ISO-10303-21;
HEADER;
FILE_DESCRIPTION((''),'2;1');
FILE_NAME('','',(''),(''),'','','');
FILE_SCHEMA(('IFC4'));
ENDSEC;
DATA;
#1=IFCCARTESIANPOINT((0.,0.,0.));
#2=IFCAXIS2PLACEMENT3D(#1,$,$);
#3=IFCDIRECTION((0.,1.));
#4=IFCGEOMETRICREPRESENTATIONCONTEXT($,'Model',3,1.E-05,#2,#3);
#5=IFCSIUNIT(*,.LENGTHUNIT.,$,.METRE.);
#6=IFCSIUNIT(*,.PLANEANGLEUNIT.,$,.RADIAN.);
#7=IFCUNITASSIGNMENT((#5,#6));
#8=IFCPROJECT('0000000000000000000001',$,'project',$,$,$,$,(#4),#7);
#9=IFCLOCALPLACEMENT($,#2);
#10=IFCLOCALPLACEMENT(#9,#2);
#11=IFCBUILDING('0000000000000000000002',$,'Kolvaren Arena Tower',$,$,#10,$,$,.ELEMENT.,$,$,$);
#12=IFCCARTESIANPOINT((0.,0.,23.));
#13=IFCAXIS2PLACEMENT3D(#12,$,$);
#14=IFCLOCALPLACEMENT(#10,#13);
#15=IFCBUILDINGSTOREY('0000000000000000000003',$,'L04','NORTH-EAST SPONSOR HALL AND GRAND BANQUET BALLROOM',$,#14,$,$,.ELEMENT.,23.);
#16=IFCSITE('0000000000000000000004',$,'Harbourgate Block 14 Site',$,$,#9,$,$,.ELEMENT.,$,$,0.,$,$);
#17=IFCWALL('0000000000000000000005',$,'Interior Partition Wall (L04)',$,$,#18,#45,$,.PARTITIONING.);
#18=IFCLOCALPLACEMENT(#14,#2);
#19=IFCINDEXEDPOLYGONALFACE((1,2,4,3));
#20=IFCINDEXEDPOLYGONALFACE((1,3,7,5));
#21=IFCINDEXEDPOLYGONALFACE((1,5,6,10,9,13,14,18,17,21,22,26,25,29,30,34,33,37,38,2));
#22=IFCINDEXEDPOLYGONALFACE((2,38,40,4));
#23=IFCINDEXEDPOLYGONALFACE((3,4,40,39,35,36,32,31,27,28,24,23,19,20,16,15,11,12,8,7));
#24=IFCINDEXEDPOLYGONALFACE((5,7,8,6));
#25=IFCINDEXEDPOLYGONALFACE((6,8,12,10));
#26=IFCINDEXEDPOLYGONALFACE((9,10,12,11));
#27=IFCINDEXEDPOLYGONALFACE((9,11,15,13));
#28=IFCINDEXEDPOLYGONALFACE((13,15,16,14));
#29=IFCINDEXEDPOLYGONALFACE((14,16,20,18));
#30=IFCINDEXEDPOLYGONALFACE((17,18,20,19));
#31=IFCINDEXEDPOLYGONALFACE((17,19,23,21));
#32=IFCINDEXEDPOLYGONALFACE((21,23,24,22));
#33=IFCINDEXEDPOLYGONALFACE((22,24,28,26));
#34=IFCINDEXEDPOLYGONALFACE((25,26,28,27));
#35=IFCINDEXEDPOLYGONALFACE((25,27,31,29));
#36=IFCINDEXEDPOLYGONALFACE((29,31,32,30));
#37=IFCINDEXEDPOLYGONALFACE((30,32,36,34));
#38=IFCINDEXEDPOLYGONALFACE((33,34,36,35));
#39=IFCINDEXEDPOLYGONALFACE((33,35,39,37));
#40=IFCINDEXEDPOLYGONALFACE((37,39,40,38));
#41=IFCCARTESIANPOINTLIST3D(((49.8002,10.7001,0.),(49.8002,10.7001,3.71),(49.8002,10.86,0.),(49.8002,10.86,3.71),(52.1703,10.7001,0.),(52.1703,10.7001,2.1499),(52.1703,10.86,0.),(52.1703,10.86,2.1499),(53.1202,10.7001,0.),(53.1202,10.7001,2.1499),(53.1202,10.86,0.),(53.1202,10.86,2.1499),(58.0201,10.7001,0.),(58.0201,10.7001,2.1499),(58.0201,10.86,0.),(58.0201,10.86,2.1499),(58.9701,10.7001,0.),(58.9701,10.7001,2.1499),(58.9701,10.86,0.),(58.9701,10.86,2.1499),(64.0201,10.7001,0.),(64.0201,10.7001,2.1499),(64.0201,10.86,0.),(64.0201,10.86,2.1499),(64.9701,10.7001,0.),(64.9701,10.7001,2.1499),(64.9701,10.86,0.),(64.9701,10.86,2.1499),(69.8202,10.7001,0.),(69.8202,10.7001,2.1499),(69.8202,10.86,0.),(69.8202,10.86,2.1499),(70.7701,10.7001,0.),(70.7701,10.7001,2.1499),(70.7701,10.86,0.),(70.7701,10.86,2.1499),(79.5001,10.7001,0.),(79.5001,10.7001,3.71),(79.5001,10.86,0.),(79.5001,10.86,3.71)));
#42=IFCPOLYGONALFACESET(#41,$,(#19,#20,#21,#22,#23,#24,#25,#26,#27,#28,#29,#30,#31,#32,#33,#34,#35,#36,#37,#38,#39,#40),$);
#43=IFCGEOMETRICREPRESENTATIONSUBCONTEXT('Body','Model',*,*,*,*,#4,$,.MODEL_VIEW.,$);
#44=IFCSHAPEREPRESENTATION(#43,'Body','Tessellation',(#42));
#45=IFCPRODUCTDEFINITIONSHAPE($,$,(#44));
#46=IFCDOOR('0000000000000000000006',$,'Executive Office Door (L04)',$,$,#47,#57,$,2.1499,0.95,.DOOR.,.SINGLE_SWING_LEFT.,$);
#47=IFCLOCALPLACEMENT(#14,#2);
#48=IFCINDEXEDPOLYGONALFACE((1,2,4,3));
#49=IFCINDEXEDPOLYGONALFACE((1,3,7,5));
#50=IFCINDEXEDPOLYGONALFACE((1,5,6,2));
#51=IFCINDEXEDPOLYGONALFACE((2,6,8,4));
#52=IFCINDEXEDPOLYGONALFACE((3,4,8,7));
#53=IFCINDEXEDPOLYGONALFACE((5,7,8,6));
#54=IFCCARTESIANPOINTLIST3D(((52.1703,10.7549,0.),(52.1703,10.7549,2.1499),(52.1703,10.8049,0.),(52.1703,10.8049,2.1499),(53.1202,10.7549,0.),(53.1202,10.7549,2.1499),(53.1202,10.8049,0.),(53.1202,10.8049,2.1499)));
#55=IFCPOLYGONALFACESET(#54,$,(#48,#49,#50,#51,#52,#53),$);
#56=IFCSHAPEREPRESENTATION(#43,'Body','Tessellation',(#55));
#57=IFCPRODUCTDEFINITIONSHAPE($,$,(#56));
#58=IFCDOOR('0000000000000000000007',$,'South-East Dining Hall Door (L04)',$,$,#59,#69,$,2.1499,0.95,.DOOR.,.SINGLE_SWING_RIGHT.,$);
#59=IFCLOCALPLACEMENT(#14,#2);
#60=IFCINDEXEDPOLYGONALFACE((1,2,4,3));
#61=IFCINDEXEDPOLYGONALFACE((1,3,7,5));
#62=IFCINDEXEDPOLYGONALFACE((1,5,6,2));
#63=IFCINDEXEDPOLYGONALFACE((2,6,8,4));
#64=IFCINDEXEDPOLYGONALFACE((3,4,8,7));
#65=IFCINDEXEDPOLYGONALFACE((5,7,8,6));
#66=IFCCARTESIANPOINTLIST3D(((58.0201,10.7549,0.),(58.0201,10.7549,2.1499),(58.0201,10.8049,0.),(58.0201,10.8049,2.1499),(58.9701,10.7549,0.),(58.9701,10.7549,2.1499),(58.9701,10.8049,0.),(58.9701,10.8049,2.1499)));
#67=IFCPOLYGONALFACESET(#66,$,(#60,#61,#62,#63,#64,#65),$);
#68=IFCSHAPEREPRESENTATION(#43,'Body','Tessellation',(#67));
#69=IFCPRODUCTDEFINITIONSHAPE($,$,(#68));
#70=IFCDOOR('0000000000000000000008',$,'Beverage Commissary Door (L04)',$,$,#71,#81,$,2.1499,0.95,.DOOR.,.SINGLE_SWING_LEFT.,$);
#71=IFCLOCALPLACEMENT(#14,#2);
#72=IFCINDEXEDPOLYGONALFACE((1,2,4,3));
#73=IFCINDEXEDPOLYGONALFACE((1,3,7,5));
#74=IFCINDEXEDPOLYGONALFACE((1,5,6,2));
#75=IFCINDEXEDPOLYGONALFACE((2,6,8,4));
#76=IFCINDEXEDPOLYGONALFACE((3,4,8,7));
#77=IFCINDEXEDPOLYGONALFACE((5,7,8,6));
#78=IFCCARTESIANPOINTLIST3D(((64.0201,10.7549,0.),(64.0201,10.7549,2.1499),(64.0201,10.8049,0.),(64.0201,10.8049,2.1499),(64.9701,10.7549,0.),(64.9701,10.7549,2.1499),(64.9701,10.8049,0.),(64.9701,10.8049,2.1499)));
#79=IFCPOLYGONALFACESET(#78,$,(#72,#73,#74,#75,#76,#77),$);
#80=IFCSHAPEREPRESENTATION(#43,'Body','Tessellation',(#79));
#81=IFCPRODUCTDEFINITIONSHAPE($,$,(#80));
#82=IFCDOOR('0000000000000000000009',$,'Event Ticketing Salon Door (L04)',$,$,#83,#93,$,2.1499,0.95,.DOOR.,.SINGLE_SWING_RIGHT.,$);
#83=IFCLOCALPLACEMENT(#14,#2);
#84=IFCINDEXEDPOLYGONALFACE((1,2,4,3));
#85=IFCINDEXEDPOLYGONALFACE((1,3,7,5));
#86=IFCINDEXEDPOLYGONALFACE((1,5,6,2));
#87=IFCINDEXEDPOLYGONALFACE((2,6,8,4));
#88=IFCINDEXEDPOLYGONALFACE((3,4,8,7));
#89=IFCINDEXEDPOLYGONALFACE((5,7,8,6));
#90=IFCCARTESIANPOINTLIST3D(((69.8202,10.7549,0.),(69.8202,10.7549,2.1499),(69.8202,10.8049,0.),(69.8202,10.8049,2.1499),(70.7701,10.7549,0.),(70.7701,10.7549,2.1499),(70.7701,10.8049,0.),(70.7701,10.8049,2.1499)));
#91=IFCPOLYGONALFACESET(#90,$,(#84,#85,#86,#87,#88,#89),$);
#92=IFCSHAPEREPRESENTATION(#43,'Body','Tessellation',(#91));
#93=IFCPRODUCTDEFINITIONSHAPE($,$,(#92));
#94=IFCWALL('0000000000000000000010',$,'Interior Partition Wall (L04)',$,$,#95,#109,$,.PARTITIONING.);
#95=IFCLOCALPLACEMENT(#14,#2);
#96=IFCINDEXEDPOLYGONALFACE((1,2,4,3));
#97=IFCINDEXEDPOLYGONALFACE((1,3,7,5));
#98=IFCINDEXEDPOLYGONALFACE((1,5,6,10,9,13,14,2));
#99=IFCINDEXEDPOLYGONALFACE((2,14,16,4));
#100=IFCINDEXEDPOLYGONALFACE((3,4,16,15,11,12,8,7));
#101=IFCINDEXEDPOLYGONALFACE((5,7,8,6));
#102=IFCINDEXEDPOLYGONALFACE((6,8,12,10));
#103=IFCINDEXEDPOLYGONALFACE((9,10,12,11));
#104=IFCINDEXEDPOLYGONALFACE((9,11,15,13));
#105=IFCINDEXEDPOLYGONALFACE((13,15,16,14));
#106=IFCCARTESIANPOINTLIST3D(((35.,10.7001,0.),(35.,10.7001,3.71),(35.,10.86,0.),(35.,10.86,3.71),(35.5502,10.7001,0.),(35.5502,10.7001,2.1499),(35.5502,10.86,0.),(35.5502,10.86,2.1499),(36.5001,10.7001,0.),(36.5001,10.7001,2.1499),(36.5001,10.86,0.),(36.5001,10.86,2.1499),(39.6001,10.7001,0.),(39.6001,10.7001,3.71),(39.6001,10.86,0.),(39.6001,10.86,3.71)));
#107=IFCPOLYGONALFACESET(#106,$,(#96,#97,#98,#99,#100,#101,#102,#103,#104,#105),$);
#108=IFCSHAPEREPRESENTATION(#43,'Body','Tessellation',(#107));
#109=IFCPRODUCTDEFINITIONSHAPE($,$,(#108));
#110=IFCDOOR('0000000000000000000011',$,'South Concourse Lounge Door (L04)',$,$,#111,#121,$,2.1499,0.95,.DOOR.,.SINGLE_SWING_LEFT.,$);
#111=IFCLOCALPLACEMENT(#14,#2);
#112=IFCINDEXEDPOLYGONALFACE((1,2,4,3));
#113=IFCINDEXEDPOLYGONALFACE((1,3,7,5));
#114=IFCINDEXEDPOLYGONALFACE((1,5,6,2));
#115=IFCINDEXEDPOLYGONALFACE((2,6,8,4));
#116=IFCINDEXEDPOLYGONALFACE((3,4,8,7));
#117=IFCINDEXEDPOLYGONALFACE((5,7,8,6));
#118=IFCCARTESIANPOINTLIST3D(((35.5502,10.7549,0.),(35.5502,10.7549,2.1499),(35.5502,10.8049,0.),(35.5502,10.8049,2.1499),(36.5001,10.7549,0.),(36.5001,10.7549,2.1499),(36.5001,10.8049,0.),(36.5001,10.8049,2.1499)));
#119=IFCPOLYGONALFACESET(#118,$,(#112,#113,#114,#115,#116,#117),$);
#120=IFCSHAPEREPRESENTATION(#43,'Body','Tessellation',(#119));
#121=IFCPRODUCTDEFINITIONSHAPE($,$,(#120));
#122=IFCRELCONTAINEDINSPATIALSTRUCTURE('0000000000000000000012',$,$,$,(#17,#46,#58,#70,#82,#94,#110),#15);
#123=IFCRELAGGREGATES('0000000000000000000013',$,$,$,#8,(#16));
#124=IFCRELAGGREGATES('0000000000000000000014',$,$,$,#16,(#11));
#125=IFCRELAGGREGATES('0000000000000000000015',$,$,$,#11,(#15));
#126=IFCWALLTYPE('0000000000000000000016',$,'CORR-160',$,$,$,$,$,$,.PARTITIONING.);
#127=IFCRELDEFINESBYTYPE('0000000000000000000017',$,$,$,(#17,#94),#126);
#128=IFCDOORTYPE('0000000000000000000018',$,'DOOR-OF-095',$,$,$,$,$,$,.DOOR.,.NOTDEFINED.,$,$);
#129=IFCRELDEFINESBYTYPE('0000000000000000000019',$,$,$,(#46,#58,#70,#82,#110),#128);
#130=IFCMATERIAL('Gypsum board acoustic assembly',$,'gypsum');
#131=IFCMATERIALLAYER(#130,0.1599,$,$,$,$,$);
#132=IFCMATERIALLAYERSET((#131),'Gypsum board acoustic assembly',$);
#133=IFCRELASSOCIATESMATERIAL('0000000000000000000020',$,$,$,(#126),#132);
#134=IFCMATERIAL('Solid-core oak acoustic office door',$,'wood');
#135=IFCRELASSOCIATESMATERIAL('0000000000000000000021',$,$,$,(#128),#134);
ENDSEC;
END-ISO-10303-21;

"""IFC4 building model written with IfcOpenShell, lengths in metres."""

from ifc_helpers import new_model, si_unit, direction, frame, frame_2d, origin, place, context, subcontext, project, spatial, rectangle, extrude, material, layer, layer_set, type_object, element, fill, save


model = new_model("IFC4")

# Units and contexts
model_context = context("Model", 3, precision=1e-05, world=origin(), true_north=direction((0.0, 1.0)))
body_context = subcontext(model_context, "Body", "Model", "MODEL_VIEW")
ifc_project = project(units=[si_unit("LENGTHUNIT", "METRE"), si_unit("PLANEANGLEUNIT", "RADIAN")], contexts=[model_context])

# Site, building, storey
site_placement = place(None, origin())
site = spatial("IfcSite", under=ifc_project, at=site_placement, Name="Harbourgate Block 14 Site", CompositionType="ELEMENT", RefElevation=0.0)
building_placement = place(site_placement, origin())
building = spatial("IfcBuilding", under=site, at=building_placement, Name="Kolvaren Arena Tower", CompositionType="ELEMENT")
storey_placement = place(building_placement, frame((0.0, 0.0, 23.0)))
storey = spatial("IfcBuildingStorey", under=building, at=storey_placement, Name="L04", Description="NORTH-EAST SPONSOR HALL AND GRAND BANQUET BALLROOM", CompositionType="ELEMENT", Elevation=23.0)

# Wall, openings, doors
ifc_material_1 = material(Name="Gypsum board acoustic assembly", Category="gypsum")
ifc_layer_1 = layer(ifc_material_1, 0.1599)
ifc_layer_set_1 = layer_set([ifc_layer_1], Name="Gypsum board acoustic assembly")
wall_type_1 = type_object("IfcWallType", Name="CORR-160", PredefinedType="PARTITIONING", material=ifc_layer_set_1)
wall_1_placement = place(storey_placement, frame((49.8, 10.78, 0.0), z_axis=(0.0, 0.0, 1.0), x_axis=(1.0, 0.0, 0.0)))
wall_1 = element("IfcWall", 1, at=wall_1_placement, inside=storey, type_object=wall_type_1, Name="Interior Partition Wall (L04)", PredefinedType="PARTITIONING", context=body_context, shape_type="SweptSolid", body=[
    extrude(rectangle(XDim=29.7, YDim=0.1599, at=frame_2d((14.8501, 0.0))), origin(), (0.0, 0.0, 1.0), 3.71),
])
opening_1_placement = place(wall_1_placement, frame((2.3701, 0.0, 0.0)))
opening_1 = element("IfcOpeningElement", 2, at=opening_1_placement, cuts=wall_1, PredefinedType="OPENING", context=body_context, shape_type="SweptSolid", body=[
    extrude(rectangle(XDim=0.95, YDim=2.1499, at=frame_2d((0.4751, 1.075))), frame((0.0, 0.0898, 0.0), z_axis=(0.0, -1.0, 0.0), x_axis=(1.0, 0.0, 0.0)), (0.0, 0.0, 1.0), 0.1799),
])
opening_2_placement = place(wall_1_placement, frame((8.22, 0.0, 0.0)))
opening_2 = element("IfcOpeningElement", 3, at=opening_2_placement, cuts=wall_1, PredefinedType="OPENING", context=body_context, shape_type="SweptSolid", body=[
    extrude(rectangle(XDim=0.95, YDim=2.1499, at=frame_2d((0.4751, 1.075))), frame((0.0, 0.0898, 0.0), z_axis=(0.0, -1.0, 0.0), x_axis=(1.0, 0.0, 0.0)), (0.0, 0.0, 1.0), 0.1799),
])
opening_3_placement = place(wall_1_placement, frame((14.22, 0.0, 0.0)))
opening_3 = element("IfcOpeningElement", 4, at=opening_3_placement, cuts=wall_1, PredefinedType="OPENING", context=body_context, shape_type="SweptSolid", body=[
    extrude(rectangle(XDim=0.95, YDim=2.1499, at=frame_2d((0.4751, 1.075))), frame((0.0, 0.0898, 0.0), z_axis=(0.0, -1.0, 0.0), x_axis=(1.0, 0.0, 0.0)), (0.0, 0.0, 1.0), 0.1799),
])
opening_4_placement = place(wall_1_placement, frame((20.02, 0.0, 0.0)))
opening_4 = element("IfcOpeningElement", 5, at=opening_4_placement, cuts=wall_1, PredefinedType="OPENING", context=body_context, shape_type="SweptSolid", body=[
    extrude(rectangle(XDim=0.95, YDim=2.1499, at=frame_2d((0.4751, 1.075))), frame((0.0, 0.0898, 0.0), z_axis=(0.0, -1.0, 0.0), x_axis=(1.0, 0.0, 0.0)), (0.0, 0.0, 1.0), 0.1799),
])
ifc_material_2 = material(Name="Solid-core oak acoustic office door", Category="wood")
door_type_1 = type_object("IfcDoorType", Name="DOOR-OF-095", OperationType="NOTDEFINED", PredefinedType="DOOR", material=ifc_material_2)
door_1_placement = place(opening_1_placement, origin())
door_1 = element("IfcDoor", 6, at=door_1_placement, inside=storey, type_object=door_type_1, Name="Executive Office Door (L04)", OperationType="SINGLE_SWING_LEFT", OverallHeight=2.1499, OverallWidth=0.95, PredefinedType="DOOR", context=body_context, shape_type="SweptSolid", body=[
    extrude(rectangle(XDim=0.95, YDim=2.1499, at=frame_2d((0.4751, 1.075))), frame((0.0, 0.0249, 0.0), z_axis=(0.0, -1.0, 0.0), x_axis=(1.0, 0.0, 0.0)), (0.0, 0.0, 1.0), 0.05),
])
fill(opening_1, door_1)
door_2_placement = place(opening_2_placement, origin())
door_2 = element("IfcDoor", 7, at=door_2_placement, inside=storey, type_object=door_type_1, Name="South-East Dining Hall Door (L04)", OperationType="SINGLE_SWING_RIGHT", OverallHeight=2.1499, OverallWidth=0.95, PredefinedType="DOOR", context=body_context, shape_type="SweptSolid", body=[
    extrude(rectangle(XDim=0.95, YDim=2.1499, at=frame_2d((0.4751, 1.075))), frame((0.0, 0.0249, 0.0), z_axis=(0.0, -1.0, 0.0), x_axis=(1.0, 0.0, 0.0)), (0.0, 0.0, 1.0), 0.05),
])
fill(opening_2, door_2)
door_3_placement = place(opening_3_placement, origin())
door_3 = element("IfcDoor", 8, at=door_3_placement, inside=storey, type_object=door_type_1, Name="Beverage Commissary Door (L04)", OperationType="SINGLE_SWING_LEFT", OverallHeight=2.1499, OverallWidth=0.95, PredefinedType="DOOR", context=body_context, shape_type="SweptSolid", body=[
    extrude(rectangle(XDim=0.95, YDim=2.1499, at=frame_2d((0.4751, 1.075))), frame((0.0, 0.0249, 0.0), z_axis=(0.0, -1.0, 0.0), x_axis=(1.0, 0.0, 0.0)), (0.0, 0.0, 1.0), 0.05),
])
fill(opening_3, door_3)
door_4_placement = place(opening_4_placement, origin())
door_4 = element("IfcDoor", 9, at=door_4_placement, inside=storey, type_object=door_type_1, Name="Event Ticketing Salon Door (L04)", OperationType="SINGLE_SWING_RIGHT", OverallHeight=2.1499, OverallWidth=0.95, PredefinedType="DOOR", context=body_context, shape_type="SweptSolid", body=[
    extrude(rectangle(XDim=0.95, YDim=2.1499, at=frame_2d((0.4751, 1.075))), frame((0.0, 0.0249, 0.0), z_axis=(0.0, -1.0, 0.0), x_axis=(1.0, 0.0, 0.0)), (0.0, 0.0, 1.0), 0.05),
])
fill(opening_4, door_4)

# Wall, opening, door
wall_2_placement = place(storey_placement, frame((35.0, 10.78, 0.0), z_axis=(0.0, 0.0, 1.0), x_axis=(1.0, 0.0, 0.0)))
wall_2 = element("IfcWall", 10, at=wall_2_placement, inside=storey, type_object=wall_type_1, Name="Interior Partition Wall (L04)", PredefinedType="PARTITIONING", context=body_context, shape_type="SweptSolid", body=[
    extrude(rectangle(XDim=4.6001, YDim=0.1599, at=frame_2d((2.3, 0.0))), origin(), (0.0, 0.0, 1.0), 3.71),
])
opening_5_placement = place(wall_2_placement, frame((0.55, 0.0, 0.0)))
opening_5 = element("IfcOpeningElement", 11, at=opening_5_placement, cuts=wall_2, PredefinedType="OPENING", context=body_context, shape_type="SweptSolid", body=[
    extrude(rectangle(XDim=0.95, YDim=2.1499, at=frame_2d((0.4751, 1.075))), frame((0.0, 0.0898, 0.0), z_axis=(0.0, -1.0, 0.0), x_axis=(1.0, 0.0, 0.0)), (0.0, 0.0, 1.0), 0.1799),
])
door_5_placement = place(opening_5_placement, origin())
door_5 = element("IfcDoor", 12, at=door_5_placement, inside=storey, type_object=door_type_1, Name="South Concourse Lounge Door (L04)", OperationType="SINGLE_SWING_LEFT", OverallHeight=2.1499, OverallWidth=0.95, PredefinedType="DOOR", context=body_context, shape_type="SweptSolid", body=[
    extrude(rectangle(XDim=0.95, YDim=2.1499, at=frame_2d((0.4751, 1.075))), frame((0.0, 0.0249, 0.0), z_axis=(0.0, -1.0, 0.0), x_axis=(1.0, 0.0, 0.0)), (0.0, 0.0, 1.0), 0.05),
])
fill(opening_5, door_5)

save(model, "model.ifc")
